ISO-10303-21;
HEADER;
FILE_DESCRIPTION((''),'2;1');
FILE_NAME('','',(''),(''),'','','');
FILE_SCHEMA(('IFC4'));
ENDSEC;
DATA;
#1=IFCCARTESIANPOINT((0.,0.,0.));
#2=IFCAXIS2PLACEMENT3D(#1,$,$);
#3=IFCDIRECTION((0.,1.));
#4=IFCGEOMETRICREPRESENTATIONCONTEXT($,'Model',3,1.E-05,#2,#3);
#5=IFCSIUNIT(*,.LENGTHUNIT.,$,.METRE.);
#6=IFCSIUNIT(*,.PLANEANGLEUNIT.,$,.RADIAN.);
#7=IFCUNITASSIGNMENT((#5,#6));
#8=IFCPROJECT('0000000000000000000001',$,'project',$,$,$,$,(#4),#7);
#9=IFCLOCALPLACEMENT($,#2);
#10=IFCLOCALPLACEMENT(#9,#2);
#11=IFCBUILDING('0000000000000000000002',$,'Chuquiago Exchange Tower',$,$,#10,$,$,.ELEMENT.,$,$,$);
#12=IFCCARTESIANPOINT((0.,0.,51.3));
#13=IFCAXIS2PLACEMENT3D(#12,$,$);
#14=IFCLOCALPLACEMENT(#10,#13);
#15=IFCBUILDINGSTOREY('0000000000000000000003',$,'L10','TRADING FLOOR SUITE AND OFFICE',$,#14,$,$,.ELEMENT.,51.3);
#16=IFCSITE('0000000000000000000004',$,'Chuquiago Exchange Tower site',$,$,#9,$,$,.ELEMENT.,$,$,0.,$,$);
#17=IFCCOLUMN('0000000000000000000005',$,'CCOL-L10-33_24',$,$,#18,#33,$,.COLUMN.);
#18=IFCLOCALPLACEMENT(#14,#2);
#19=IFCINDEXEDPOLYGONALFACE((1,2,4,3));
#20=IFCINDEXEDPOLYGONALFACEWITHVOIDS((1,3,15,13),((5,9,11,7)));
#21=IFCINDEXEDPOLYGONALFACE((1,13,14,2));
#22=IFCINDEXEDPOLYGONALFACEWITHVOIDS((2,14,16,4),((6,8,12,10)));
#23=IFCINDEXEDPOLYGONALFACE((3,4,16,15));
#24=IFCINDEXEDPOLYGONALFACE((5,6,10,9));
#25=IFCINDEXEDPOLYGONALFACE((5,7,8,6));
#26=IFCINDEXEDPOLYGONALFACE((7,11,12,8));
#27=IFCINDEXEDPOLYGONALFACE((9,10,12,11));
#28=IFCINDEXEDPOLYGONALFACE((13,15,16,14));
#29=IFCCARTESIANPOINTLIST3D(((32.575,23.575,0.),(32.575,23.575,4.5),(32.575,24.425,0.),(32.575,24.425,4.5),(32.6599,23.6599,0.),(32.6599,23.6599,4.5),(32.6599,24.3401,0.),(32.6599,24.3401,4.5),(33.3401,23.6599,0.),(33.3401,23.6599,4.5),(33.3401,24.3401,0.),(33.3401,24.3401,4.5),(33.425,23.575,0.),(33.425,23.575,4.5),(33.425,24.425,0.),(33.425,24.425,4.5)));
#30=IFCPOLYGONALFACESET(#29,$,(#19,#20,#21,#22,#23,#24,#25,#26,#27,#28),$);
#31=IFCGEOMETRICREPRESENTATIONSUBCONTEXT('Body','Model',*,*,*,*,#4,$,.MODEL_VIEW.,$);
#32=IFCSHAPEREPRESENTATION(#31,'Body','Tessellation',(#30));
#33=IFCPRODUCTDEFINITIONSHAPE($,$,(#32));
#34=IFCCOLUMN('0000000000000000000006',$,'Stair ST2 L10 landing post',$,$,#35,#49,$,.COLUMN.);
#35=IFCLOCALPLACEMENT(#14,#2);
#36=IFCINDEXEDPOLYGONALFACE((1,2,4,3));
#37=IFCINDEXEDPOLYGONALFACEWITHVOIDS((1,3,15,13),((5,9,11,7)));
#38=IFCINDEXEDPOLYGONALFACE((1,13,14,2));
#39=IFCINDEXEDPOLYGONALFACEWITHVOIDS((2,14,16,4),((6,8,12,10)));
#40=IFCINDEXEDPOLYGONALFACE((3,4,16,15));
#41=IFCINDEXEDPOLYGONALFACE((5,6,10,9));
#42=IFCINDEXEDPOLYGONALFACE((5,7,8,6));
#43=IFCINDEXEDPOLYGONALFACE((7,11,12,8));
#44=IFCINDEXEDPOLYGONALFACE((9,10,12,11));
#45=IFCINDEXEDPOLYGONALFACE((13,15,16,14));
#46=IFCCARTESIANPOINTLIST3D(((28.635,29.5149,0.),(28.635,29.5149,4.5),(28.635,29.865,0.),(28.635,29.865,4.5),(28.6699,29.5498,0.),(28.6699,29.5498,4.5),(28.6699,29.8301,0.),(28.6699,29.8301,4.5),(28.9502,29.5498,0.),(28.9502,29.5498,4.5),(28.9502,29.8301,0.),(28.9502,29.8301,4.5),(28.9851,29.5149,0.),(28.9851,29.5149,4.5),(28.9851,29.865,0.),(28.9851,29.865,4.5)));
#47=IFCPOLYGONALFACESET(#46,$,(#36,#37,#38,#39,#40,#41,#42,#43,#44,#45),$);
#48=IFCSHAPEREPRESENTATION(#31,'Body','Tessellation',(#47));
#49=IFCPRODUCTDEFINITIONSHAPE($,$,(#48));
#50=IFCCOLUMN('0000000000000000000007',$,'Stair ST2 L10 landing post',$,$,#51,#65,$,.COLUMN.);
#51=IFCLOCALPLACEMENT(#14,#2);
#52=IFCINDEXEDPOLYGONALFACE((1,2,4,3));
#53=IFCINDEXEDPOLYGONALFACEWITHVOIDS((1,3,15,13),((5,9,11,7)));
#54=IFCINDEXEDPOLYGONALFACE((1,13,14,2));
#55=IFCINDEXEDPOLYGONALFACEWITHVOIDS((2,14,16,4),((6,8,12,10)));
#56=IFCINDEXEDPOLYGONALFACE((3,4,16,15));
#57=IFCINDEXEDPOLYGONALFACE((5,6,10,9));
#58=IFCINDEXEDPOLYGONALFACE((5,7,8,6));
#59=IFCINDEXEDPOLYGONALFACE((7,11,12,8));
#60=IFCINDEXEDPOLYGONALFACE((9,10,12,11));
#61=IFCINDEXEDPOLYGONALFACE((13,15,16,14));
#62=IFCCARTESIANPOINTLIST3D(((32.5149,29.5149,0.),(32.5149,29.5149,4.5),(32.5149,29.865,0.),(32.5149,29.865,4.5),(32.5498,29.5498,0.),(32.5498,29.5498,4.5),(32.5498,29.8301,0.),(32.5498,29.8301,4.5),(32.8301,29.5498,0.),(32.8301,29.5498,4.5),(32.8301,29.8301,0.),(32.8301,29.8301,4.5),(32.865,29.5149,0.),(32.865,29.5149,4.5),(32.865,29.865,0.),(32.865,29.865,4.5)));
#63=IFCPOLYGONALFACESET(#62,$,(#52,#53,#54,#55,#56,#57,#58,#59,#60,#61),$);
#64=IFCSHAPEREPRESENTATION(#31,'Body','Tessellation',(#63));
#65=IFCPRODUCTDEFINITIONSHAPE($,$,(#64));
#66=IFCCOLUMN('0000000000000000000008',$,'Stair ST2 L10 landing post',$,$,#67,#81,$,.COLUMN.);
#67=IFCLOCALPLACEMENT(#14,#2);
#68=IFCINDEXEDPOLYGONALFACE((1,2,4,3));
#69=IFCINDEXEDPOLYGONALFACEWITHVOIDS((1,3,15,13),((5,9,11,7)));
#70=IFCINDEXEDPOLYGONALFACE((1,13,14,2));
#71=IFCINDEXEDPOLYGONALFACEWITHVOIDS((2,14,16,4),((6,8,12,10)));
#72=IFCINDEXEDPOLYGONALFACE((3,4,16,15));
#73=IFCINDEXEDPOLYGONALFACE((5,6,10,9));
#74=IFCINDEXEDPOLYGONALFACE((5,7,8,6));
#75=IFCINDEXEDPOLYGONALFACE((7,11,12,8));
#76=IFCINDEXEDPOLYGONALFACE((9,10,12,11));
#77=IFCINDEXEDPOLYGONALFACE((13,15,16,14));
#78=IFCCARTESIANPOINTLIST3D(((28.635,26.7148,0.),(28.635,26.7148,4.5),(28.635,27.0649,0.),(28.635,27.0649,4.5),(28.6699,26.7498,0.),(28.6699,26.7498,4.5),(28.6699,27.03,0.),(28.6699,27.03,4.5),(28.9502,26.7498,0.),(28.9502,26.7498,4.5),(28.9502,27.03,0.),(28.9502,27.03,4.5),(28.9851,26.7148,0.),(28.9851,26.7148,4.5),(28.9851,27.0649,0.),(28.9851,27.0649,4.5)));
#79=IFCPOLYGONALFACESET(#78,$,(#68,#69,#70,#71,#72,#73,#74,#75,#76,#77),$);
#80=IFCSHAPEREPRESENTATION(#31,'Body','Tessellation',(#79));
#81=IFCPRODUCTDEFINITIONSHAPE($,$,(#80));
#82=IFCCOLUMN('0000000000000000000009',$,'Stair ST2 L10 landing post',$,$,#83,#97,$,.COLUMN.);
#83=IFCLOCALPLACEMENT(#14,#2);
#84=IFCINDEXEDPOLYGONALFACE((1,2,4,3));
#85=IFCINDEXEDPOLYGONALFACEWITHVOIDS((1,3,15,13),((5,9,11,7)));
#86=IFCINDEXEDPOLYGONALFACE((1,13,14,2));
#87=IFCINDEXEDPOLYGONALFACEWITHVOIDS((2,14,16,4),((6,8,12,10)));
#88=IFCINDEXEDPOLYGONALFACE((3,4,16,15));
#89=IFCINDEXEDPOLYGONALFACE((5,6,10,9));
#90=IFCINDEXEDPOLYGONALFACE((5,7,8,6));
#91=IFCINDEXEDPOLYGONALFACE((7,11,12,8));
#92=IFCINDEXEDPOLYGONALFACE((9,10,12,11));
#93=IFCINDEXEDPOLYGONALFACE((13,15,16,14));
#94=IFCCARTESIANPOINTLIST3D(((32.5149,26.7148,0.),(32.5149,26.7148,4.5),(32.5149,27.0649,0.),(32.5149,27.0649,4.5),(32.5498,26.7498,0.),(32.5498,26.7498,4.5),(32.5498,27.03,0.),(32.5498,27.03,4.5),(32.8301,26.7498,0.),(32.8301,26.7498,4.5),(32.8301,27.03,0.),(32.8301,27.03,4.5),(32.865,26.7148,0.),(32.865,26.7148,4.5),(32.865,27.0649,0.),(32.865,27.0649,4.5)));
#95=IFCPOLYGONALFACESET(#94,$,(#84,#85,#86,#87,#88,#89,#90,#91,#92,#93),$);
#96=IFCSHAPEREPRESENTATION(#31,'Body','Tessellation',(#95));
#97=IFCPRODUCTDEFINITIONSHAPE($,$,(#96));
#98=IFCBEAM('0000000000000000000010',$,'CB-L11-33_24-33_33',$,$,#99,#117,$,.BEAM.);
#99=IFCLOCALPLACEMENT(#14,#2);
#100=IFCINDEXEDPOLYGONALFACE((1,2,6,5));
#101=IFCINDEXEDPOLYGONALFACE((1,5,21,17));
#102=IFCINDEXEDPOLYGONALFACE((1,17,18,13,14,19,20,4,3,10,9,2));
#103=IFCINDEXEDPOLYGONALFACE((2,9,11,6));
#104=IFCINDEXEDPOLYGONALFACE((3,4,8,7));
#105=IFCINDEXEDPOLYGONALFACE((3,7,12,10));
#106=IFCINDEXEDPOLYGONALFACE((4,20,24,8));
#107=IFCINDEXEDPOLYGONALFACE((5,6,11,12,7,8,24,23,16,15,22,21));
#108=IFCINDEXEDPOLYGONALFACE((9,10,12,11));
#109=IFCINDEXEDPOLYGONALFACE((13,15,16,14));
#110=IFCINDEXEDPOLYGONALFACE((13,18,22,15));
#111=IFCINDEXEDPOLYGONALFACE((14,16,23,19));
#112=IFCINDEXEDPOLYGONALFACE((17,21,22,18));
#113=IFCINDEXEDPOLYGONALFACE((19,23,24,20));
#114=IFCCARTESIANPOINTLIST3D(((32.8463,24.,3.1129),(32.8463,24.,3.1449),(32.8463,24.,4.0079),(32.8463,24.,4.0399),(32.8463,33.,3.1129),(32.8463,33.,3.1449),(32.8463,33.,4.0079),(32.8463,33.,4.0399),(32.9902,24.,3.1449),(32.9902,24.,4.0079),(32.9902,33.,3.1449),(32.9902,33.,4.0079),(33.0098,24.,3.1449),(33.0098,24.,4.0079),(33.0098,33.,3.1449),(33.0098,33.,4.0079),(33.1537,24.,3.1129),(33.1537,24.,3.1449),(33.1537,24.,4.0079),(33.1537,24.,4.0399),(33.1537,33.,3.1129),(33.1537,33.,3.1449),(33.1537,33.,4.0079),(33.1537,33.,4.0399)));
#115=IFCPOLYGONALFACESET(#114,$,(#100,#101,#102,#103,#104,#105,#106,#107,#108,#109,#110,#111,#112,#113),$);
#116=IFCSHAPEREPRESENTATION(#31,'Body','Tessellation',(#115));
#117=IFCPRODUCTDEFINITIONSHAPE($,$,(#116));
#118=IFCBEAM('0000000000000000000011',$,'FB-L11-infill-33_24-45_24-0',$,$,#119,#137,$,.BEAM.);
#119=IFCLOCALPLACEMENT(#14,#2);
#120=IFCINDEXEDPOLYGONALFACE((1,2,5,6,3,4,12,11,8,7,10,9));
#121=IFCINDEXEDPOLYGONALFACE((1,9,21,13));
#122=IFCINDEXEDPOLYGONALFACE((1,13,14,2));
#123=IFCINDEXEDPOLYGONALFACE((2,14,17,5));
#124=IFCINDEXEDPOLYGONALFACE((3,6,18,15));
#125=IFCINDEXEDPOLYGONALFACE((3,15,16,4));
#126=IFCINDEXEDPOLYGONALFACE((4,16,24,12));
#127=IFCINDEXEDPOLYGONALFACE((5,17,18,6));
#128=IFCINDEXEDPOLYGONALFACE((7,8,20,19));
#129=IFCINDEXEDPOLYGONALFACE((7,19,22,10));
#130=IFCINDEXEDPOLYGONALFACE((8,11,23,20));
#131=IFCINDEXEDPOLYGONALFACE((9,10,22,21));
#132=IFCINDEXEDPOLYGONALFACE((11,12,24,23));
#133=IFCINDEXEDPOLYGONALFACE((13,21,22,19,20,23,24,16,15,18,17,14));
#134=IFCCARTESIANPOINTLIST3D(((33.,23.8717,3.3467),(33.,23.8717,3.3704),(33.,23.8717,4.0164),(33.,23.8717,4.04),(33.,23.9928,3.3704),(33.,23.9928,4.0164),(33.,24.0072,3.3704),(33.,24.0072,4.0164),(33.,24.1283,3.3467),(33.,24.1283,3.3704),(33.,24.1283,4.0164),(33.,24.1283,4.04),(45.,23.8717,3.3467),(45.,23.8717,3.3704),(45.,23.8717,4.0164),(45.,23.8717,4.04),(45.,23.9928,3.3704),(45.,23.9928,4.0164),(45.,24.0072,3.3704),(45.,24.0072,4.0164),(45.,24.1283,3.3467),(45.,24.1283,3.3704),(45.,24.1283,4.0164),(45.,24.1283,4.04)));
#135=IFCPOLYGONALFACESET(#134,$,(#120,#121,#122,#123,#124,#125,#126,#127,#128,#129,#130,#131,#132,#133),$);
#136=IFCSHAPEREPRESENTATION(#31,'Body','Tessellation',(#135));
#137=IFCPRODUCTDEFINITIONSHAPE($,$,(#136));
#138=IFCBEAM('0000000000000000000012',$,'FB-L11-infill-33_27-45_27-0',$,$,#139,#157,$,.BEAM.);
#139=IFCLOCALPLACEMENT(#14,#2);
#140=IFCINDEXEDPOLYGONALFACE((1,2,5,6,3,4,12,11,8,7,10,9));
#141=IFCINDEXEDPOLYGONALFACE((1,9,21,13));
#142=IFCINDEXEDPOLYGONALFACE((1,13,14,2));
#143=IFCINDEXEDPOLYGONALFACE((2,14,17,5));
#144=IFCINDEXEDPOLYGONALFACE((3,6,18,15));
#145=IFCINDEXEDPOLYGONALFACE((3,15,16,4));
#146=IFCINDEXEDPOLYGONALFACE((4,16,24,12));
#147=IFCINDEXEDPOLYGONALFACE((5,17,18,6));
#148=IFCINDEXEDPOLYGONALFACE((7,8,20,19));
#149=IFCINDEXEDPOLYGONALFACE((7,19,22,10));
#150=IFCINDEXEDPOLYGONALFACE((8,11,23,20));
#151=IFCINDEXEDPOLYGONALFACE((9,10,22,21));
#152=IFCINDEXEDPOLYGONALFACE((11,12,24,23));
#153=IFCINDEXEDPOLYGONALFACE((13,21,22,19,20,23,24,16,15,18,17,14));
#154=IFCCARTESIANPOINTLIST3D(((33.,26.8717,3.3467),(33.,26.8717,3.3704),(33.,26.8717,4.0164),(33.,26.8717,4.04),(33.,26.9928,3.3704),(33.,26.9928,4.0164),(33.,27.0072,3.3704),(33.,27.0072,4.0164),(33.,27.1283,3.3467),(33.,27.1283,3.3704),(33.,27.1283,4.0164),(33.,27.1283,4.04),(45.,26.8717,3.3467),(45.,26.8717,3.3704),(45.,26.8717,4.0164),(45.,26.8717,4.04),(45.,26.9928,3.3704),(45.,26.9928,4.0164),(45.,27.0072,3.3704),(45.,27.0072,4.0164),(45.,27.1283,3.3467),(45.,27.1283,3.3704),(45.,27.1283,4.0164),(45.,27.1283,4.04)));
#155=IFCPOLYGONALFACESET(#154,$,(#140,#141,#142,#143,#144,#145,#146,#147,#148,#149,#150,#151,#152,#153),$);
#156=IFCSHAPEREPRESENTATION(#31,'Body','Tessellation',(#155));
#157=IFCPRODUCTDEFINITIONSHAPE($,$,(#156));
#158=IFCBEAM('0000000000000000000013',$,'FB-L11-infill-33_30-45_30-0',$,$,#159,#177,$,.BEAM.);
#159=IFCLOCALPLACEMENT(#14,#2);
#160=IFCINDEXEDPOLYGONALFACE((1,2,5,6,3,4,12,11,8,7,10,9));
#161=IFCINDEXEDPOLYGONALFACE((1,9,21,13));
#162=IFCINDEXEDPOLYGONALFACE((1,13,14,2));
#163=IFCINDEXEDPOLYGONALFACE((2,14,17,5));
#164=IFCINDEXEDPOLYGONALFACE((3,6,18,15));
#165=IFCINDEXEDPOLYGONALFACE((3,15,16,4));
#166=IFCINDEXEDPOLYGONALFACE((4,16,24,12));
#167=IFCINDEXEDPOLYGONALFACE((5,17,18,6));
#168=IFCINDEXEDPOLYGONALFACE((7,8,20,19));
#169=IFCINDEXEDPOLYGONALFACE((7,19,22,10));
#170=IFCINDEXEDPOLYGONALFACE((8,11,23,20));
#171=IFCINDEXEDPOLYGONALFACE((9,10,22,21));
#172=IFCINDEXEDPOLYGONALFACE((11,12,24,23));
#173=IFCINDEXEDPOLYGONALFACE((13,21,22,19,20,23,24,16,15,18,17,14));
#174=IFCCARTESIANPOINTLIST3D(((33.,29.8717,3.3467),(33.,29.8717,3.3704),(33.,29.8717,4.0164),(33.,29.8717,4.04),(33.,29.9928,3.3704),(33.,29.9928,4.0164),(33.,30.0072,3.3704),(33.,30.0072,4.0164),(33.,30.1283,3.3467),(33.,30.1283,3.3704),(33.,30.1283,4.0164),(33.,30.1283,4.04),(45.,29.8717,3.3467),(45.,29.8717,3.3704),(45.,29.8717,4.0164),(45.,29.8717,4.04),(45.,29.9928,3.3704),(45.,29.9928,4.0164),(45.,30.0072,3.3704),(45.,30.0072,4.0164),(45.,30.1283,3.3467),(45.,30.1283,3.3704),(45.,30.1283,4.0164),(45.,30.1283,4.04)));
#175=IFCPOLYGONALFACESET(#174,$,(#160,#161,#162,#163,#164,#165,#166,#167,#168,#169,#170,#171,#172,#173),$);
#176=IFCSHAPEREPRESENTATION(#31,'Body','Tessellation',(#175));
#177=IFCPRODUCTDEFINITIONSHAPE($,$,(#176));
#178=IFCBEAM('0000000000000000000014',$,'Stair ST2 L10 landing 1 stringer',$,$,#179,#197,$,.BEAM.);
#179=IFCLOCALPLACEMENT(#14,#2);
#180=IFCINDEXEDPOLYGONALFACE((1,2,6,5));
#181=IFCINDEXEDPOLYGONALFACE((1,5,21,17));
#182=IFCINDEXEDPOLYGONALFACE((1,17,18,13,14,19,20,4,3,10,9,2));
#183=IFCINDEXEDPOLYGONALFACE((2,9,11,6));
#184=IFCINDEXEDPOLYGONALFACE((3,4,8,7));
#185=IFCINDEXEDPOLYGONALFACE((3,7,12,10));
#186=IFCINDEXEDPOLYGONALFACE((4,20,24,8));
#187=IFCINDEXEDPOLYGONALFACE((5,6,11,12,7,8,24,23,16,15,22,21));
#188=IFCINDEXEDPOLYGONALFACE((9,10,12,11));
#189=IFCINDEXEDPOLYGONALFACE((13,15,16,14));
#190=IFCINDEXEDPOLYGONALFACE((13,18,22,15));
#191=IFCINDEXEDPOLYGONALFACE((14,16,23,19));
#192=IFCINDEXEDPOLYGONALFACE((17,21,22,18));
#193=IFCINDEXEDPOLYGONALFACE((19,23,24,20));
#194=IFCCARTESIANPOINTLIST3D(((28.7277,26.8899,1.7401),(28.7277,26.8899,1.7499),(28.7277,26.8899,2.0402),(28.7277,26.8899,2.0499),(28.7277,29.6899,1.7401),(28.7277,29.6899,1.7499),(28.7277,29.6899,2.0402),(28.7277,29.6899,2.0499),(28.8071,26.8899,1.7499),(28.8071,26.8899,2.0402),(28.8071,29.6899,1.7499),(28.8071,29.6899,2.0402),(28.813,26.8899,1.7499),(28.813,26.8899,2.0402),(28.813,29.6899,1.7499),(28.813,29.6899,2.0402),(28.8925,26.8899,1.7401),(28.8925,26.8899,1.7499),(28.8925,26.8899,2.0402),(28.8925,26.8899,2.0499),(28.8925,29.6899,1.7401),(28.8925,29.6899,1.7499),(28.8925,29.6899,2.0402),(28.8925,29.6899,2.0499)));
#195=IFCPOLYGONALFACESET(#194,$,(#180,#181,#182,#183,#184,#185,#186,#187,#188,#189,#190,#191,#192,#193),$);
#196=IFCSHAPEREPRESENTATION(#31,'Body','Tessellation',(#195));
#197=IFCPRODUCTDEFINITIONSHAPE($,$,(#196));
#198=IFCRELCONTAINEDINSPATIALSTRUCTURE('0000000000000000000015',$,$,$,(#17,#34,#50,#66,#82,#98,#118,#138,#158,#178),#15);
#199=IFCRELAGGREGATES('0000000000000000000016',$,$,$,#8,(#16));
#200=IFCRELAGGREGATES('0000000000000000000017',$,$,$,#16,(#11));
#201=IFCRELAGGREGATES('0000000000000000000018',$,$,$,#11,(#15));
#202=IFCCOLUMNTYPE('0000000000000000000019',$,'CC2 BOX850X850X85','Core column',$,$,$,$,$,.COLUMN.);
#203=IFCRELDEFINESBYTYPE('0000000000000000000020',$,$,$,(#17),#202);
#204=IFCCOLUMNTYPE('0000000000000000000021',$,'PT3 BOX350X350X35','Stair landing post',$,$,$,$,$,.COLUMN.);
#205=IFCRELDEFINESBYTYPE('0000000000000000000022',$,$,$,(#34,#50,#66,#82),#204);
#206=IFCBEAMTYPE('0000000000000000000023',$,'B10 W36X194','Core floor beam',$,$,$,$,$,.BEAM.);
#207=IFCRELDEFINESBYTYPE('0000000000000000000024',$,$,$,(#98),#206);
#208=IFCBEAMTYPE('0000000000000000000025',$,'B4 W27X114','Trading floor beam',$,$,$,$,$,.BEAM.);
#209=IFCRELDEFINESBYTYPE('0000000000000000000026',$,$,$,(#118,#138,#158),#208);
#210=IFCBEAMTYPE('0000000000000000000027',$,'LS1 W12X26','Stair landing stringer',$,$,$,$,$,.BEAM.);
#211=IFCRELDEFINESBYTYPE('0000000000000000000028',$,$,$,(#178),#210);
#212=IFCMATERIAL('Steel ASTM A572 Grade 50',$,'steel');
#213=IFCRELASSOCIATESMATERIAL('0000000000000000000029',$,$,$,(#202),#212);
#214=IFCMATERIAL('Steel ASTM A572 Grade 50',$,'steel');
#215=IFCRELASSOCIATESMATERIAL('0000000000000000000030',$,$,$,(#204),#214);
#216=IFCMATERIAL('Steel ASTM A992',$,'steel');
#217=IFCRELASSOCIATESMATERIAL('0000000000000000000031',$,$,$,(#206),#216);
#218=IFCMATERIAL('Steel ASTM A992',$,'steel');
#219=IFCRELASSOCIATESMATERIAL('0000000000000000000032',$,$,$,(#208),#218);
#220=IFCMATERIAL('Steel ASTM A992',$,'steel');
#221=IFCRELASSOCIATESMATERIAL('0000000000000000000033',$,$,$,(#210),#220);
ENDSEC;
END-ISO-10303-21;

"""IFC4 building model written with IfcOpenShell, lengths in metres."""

from ifc_helpers import new_model, si_unit, direction, frame, origin, origin_2d, place, context, subcontext, project, spatial, hollow_rectangle, i_section, extrude, material, material_profile, profile_set, type_object, element, save


model = new_model("IFC4")

# Units and contexts
model_context = context("Model", 3, precision=1e-05, world=origin(), true_north=direction((0.0, 1.0)))
body_context = subcontext(model_context, "Body", "Model", "MODEL_VIEW")
ifc_project = project(units=[si_unit("LENGTHUNIT", "METRE"), si_unit("PLANEANGLEUNIT", "RADIAN")], contexts=[model_context])

# Site, building, storey
site_placement = place(None, origin())
site = spatial("IfcSite", under=ifc_project, at=site_placement, Name="Chuquiago Exchange Tower site", CompositionType="ELEMENT", RefElevation=0.0)
building_placement = place(site_placement, origin())
building = spatial("IfcBuilding", under=site, at=building_placement, Name="Chuquiago Exchange Tower", CompositionType="ELEMENT")
storey_placement = place(building_placement, frame((0.0, 0.0, 51.3)))
storey = spatial("IfcBuildingStorey", under=building, at=storey_placement, Name="L10", Description="TRADING FLOOR SUITE AND OFFICE", CompositionType="ELEMENT", Elevation=51.3)

# Columns
ifc_material_1 = material(Name="Steel ASTM A572 Grade 50", Category="steel")
ifc_material_profile_1 = material_profile(ifc_material_1, hollow_rectangle(XDim=0.8501, YDim=0.8501, WallThickness=0.085, at=origin_2d()), Name="BOX850X850X85")
ifc_profile_set_1 = profile_set([ifc_material_profile_1], Name="Steel ASTM A572 Grade 50")
column_type_1 = type_object("IfcColumnType", Name="CC2 BOX850X850X85", Description="Core column", PredefinedType="COLUMN", material=ifc_profile_set_1)
column_placement = place(storey_placement, frame((33.0, 24.0, 0.0), z_axis=(0.0, 0.0, 1.0), x_axis=(1.0, 0.0, 0.0)))
element("IfcColumn", 1, at=column_placement, inside=storey, type_object=column_type_1, Name="CCOL-L10-33_24", PredefinedType="COLUMN", context=body_context, shape_type="SweptSolid", body=[
    extrude(hollow_rectangle(XDim=0.8501, YDim=0.8501, WallThickness=0.085, at=origin_2d()), origin(), (0.0, 0.0, 1.0), 4.5),
])
ifc_material_2 = material(Name="Steel ASTM A572 Grade 50", Category="steel")
ifc_material_profile_2 = material_profile(ifc_material_2, hollow_rectangle(XDim=0.3501, YDim=0.3501, WallThickness=0.0349, at=origin_2d()), Name="BOX350X350X35")
ifc_profile_set_2 = profile_set([ifc_material_profile_2], Name="Steel ASTM A572 Grade 50")
column_type_2 = type_object("IfcColumnType", Name="PT3 BOX350X350X35", Description="Stair landing post", PredefinedType="COLUMN", material=ifc_profile_set_2)
for number, where, z_axis, x_axis, name in (
    (2, (28.8101, 29.6899, 0.0), (0.0, 0.0, 1.0), (1.0, 0.0, 0.0), "Stair ST2 L10 landing post"),
    (3, (32.6899, 29.6899, 0.0), (0.0, 0.0, 1.0), (1.0, 0.0, 0.0), "Stair ST2 L10 landing post"),
    (4, (28.8101, 26.8899, 0.0), (0.0, 0.0, 1.0), (1.0, 0.0, 0.0), "Stair ST2 L10 landing post"),
    (5, (32.6899, 26.8899, 0.0), (0.0, 0.0, 1.0), (1.0, 0.0, 0.0), "Stair ST2 L10 landing post"),
):
    element("IfcColumn", number, at=place(storey_placement, frame(where, z_axis=z_axis, x_axis=x_axis)), inside=storey, type_object=column_type_2, Name=name, PredefinedType="COLUMN", context=body_context, shape_type="SweptSolid", body=[
        extrude(hollow_rectangle(XDim=0.3501, YDim=0.3501, WallThickness=0.0349, at=origin_2d()), origin(), (0.0, 0.0, 1.0), 4.5),
    ])

# Beams
ifc_material_3 = material(Name="Steel ASTM A992", Category="steel")
ifc_material_profile_3 = material_profile(ifc_material_3, i_section(OverallWidth=0.3074, OverallDepth=0.927, WebThickness=0.0195, FlangeThickness=0.032, at=origin_2d()), Name="W36X194")
ifc_profile_set_3 = profile_set([ifc_material_profile_3], Name="Steel ASTM A992")
beam_type_1 = type_object("IfcBeamType", Name="B10 W36X194", Description="Core floor beam", PredefinedType="BEAM", material=ifc_profile_set_3)
beam_placement = place(storey_placement, frame((33.0, 24.0, 3.5764), z_axis=(0.0, 1.0, 0.0), x_axis=(-1.0, 0.0, 0.0)))
element("IfcBeam", 6, at=beam_placement, inside=storey, type_object=beam_type_1, Name="CB-L11-33_24-33_33", PredefinedType="BEAM", context=body_context, shape_type="SweptSolid", body=[
    extrude(i_section(OverallWidth=0.3074, OverallDepth=0.927, WebThickness=0.0195, FlangeThickness=0.032, at=origin_2d()), origin(), (0.0, 0.0, 1.0), 9.0),
])
ifc_material_4 = material(Name="Steel ASTM A992", Category="steel")
ifc_material_profile_4 = material_profile(ifc_material_4, i_section(OverallWidth=0.2566, OverallDepth=0.6934, WebThickness=0.0144, FlangeThickness=0.0237, at=origin_2d()), Name="W27X114")
ifc_profile_set_4 = profile_set([ifc_material_profile_4], Name="Steel ASTM A992")
beam_type_2 = type_object("IfcBeamType", Name="B4 W27X114", Description="Trading floor beam", PredefinedType="BEAM", material=ifc_profile_set_4)
for number, where, z_axis, x_axis, name in (
    (7, (33.0, 24.0, 3.6934), (1.0, 0.0, 0.0), (0.0, 1.0, 0.0), "FB-L11-infill-33_24-45_24-0"),
    (8, (33.0, 27.0, 3.6934), (1.0, 0.0, 0.0), (0.0, 1.0, 0.0), "FB-L11-infill-33_27-45_27-0"),
    (9, (33.0, 30.0, 3.6934), (1.0, 0.0, 0.0), (0.0, 1.0, 0.0), "FB-L11-infill-33_30-45_30-0"),
):
    element("IfcBeam", number, at=place(storey_placement, frame(where, z_axis=z_axis, x_axis=x_axis)), inside=storey, type_object=beam_type_2, Name=name, PredefinedType="BEAM", context=body_context, shape_type="SweptSolid", body=[
        extrude(i_section(OverallWidth=0.2566, OverallDepth=0.6934, WebThickness=0.0144, FlangeThickness=0.0237, at=origin_2d()), origin(), (0.0, 0.0, 1.0), 12.0),
    ])
ifc_material_5 = material(Name="Steel ASTM A992", Category="steel")
ifc_material_profile_5 = material_profile(ifc_material_5, i_section(OverallWidth=0.1648, OverallDepth=0.3098, WebThickness=0.0059, FlangeThickness=0.0098, at=origin_2d()), Name="W12X26")
ifc_profile_set_5 = profile_set([ifc_material_profile_5], Name="Steel ASTM A992")
beam_type_3 = type_object("IfcBeamType", Name="LS1 W12X26", Description="Stair landing stringer", PredefinedType="BEAM", material=ifc_profile_set_5)
for number, where, z_axis, x_axis, name in (
    (10, (28.8101, 26.8899, 1.895), (0.0, 1.0, 0.0), (-1.0, 0.0, 0.0), "Stair ST2 L10 landing 1 stringer"),
):
    element("IfcBeam", number, at=place(storey_placement, frame(where, z_axis=z_axis, x_axis=x_axis)), inside=storey, type_object=beam_type_3, Name=name, PredefinedType="BEAM", context=body_context, shape_type="SweptSolid", body=[
        extrude(i_section(OverallWidth=0.1648, OverallDepth=0.3098, WebThickness=0.0059, FlangeThickness=0.0098, at=origin_2d()), origin(), (0.0, 0.0, 1.0), 2.8),
    ])

save(model, "model.ifc")
